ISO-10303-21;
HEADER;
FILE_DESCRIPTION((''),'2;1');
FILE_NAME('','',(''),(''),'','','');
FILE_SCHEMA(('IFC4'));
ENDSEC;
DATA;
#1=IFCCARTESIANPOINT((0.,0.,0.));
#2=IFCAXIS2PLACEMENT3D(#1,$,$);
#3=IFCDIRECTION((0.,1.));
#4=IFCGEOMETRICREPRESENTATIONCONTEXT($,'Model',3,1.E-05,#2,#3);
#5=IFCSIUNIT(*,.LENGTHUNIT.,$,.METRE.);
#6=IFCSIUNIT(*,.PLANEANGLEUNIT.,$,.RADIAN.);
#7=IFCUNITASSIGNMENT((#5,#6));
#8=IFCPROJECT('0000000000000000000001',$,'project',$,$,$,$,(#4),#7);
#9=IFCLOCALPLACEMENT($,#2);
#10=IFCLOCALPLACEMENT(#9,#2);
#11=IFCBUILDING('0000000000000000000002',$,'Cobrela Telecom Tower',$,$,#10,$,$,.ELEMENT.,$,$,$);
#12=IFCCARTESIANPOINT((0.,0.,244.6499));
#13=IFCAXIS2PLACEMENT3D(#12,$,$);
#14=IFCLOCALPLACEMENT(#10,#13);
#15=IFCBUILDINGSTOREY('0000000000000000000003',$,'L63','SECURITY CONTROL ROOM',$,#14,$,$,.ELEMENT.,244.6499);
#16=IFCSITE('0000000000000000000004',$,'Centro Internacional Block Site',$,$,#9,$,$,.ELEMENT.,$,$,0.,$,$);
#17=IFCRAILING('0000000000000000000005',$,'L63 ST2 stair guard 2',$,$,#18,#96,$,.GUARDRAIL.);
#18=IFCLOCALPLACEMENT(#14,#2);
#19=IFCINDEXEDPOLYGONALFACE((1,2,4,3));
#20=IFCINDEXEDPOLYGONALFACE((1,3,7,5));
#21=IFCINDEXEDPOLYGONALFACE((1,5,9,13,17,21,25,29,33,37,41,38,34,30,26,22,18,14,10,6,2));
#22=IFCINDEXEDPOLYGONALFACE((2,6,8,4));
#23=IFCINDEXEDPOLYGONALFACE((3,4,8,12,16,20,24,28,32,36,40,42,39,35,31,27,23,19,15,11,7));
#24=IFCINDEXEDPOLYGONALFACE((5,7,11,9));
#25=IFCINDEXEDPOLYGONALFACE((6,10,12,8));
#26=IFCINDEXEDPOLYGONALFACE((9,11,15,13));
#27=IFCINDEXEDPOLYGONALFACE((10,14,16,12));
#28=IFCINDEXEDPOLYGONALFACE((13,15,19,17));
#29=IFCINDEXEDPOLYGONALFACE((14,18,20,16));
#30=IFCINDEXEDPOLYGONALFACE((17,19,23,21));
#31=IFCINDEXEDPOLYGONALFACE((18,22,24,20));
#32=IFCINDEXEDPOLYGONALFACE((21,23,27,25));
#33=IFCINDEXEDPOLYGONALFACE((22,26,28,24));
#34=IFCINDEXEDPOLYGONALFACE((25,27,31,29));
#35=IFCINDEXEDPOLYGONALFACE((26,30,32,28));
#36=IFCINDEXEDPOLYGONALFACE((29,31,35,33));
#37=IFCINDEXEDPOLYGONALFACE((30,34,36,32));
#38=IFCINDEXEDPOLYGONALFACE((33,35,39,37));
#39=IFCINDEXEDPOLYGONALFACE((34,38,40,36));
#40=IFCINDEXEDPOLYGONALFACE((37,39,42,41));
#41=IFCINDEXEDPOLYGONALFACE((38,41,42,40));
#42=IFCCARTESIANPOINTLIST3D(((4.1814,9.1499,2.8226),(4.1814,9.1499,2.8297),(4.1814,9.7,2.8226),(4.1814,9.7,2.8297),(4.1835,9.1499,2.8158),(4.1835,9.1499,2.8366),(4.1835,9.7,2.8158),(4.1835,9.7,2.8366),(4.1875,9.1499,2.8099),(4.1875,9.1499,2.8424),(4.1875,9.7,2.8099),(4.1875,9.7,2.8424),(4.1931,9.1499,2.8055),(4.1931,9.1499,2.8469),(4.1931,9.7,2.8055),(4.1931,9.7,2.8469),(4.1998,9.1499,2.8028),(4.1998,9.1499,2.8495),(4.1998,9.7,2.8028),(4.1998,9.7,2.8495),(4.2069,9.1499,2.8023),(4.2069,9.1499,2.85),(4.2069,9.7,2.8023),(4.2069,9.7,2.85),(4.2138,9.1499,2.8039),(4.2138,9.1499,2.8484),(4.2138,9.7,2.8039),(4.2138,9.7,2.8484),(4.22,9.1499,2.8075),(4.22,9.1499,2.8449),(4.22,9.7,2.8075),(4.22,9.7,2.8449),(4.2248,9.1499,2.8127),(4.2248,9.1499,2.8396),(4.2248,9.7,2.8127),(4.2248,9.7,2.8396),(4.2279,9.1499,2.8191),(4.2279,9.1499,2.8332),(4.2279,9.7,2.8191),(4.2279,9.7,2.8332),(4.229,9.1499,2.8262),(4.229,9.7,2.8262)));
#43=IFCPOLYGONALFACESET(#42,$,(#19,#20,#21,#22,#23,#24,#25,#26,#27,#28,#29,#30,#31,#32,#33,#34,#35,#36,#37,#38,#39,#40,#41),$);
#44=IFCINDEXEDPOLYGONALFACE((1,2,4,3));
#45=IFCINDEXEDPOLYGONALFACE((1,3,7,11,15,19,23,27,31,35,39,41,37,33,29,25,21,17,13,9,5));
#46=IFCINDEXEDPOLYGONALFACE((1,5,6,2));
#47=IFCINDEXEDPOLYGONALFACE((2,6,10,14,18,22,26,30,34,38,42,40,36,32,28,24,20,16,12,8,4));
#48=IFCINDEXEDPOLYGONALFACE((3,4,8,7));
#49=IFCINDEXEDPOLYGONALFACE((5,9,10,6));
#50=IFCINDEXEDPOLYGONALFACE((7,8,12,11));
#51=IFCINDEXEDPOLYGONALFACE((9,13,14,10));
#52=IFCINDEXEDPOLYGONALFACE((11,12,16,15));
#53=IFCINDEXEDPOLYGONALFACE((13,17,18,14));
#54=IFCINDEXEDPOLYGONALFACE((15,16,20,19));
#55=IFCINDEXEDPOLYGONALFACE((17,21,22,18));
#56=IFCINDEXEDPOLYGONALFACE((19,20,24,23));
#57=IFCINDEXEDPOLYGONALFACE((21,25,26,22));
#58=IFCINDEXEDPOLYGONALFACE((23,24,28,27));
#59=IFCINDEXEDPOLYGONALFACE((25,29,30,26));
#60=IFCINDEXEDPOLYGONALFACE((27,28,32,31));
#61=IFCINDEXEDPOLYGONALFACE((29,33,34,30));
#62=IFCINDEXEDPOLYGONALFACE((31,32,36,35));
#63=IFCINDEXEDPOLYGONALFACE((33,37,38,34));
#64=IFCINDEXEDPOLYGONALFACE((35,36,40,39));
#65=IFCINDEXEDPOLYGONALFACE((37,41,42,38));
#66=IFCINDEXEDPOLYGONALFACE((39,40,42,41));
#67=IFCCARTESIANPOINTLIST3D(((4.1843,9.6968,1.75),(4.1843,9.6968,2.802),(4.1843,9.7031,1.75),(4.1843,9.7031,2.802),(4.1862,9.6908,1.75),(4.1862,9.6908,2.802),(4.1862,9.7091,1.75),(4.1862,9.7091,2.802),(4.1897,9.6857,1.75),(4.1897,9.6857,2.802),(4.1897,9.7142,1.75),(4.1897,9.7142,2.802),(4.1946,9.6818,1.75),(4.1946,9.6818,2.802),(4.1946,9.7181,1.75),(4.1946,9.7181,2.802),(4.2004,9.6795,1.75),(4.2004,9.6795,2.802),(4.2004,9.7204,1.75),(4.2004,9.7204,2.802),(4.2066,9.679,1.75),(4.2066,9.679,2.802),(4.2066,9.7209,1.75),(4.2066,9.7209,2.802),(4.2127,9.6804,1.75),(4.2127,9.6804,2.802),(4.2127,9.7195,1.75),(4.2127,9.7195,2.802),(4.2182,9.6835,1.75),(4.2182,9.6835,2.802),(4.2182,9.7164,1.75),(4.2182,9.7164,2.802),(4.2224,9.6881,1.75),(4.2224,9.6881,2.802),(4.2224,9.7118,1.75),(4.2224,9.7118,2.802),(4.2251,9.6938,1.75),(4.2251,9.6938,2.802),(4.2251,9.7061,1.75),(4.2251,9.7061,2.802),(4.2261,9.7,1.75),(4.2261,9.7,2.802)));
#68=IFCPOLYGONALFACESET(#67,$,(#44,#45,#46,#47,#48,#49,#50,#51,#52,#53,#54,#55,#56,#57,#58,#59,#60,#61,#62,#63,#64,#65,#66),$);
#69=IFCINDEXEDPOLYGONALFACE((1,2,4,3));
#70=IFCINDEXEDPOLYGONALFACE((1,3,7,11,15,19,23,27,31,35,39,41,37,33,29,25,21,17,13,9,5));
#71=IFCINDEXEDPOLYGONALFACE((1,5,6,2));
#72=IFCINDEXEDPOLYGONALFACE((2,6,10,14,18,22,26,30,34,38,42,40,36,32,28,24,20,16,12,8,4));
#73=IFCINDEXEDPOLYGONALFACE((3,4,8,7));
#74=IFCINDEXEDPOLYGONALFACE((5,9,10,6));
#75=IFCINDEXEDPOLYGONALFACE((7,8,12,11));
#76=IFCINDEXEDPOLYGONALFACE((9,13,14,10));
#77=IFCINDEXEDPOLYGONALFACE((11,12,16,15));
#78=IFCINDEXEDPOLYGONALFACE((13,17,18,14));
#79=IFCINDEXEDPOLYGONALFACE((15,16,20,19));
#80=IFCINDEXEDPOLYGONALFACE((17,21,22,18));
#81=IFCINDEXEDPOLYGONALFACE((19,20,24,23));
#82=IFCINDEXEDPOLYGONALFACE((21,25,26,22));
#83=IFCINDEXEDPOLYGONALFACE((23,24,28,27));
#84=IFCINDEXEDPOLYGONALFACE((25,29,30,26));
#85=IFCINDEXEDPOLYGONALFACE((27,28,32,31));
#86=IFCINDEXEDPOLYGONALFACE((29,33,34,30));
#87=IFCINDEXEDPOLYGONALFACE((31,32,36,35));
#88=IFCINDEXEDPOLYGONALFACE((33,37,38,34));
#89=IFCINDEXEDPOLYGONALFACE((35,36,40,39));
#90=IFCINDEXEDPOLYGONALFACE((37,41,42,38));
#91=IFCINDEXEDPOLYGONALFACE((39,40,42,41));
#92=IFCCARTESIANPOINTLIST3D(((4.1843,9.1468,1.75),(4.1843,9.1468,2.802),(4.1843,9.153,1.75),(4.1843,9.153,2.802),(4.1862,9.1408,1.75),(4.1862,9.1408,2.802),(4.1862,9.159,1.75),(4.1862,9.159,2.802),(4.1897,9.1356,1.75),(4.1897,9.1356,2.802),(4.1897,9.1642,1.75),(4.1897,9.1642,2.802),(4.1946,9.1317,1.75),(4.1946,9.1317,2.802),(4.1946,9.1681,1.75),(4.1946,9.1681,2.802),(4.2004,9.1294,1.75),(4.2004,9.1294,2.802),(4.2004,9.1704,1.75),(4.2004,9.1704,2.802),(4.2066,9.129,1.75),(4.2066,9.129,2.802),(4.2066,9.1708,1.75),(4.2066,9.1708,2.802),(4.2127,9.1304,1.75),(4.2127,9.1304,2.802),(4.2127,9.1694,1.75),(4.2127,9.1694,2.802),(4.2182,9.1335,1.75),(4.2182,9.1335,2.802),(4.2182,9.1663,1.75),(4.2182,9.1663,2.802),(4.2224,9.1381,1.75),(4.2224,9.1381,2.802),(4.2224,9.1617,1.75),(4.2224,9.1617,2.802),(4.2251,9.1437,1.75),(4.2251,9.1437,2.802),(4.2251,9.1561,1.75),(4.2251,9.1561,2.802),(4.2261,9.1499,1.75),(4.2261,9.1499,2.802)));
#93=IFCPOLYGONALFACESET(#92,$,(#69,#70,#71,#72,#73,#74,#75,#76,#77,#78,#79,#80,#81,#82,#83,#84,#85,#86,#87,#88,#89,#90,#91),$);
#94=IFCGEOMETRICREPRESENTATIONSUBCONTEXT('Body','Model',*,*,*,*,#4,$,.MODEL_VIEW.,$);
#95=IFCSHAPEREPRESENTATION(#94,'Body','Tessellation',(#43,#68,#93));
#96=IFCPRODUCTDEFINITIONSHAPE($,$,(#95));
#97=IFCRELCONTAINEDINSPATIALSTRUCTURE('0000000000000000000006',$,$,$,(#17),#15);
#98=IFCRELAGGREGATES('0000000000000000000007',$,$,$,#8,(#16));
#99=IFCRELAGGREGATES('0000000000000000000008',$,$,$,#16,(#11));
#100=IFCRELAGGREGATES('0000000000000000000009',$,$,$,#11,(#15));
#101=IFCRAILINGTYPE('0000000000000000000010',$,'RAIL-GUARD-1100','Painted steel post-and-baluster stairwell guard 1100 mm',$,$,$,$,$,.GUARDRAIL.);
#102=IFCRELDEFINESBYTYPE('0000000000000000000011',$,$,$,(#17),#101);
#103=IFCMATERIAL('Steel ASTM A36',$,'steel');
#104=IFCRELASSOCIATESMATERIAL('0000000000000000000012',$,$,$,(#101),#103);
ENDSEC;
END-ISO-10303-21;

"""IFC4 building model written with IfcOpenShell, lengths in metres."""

from ifc_helpers import new_model, si_unit, direction, frame, origin, origin_2d, place, context, subcontext, project, spatial, circle, extrude, material, type_object, element, save


model = new_model("IFC4")

# Units and contexts
model_context = context("Model", 3, precision=1e-05, world=origin(), true_north=direction((0.0, 1.0)))
body_context = subcontext(model_context, "Body", "Model", "MODEL_VIEW")
ifc_project = project(units=[si_unit("LENGTHUNIT", "METRE"), si_unit("PLANEANGLEUNIT", "RADIAN")], contexts=[model_context])

# Site, building, storey
site_placement = place(None, origin())
site = spatial("IfcSite", under=ifc_project, at=site_placement, Name="Centro Internacional Block Site", CompositionType="ELEMENT", RefElevation=0.0)
building_placement = place(site_placement, origin())
building = spatial("IfcBuilding", under=site, at=building_placement, Name="Cobrela Telecom Tower", CompositionType="ELEMENT")
storey_placement = place(building_placement, frame((0.0, 0.0, 244.6499)))
storey = spatial("IfcBuildingStorey", under=building, at=storey_placement, Name="L63", Description="SECURITY CONTROL ROOM", CompositionType="ELEMENT", Elevation=244.6499)

# Railing
ifc_material_1 = material(Name="Steel ASTM A36", Category="steel")
railing_type_1 = type_object("IfcRailingType", Name="RAIL-GUARD-1100", Description="Painted steel post-and-baluster stairwell guard 1100 mm", PredefinedType="GUARDRAIL", material=ifc_material_1)
railing_1_placement = place(storey_placement, frame((4.2051, 9.7, 1.75)))
element("IfcRailing", 1, at=railing_1_placement, inside=storey, type_object=railing_type_1, Name="L63 ST2 stair guard 2", PredefinedType="GUARDRAIL", context=body_context, shape_type="SweptSolid", body=[
    extrude(circle(Radius=0.0239, at=origin_2d()), frame((0.0, 0.0, 1.0762), z_axis=(0.0, -1.0, 0.0), x_axis=(1.0, 0.0, 0.0)), (0.0, 0.0, 1.0), 0.55),
    extrude(circle(Radius=0.021, at=origin_2d()), origin(), (0.0, 0.0, 1.0), 1.052),
    extrude(circle(Radius=0.021, at=origin_2d()), frame((0.0, -0.55, 0.0)), (0.0, 0.0, 1.0), 1.052),
])

save(model, "model.ifc")
